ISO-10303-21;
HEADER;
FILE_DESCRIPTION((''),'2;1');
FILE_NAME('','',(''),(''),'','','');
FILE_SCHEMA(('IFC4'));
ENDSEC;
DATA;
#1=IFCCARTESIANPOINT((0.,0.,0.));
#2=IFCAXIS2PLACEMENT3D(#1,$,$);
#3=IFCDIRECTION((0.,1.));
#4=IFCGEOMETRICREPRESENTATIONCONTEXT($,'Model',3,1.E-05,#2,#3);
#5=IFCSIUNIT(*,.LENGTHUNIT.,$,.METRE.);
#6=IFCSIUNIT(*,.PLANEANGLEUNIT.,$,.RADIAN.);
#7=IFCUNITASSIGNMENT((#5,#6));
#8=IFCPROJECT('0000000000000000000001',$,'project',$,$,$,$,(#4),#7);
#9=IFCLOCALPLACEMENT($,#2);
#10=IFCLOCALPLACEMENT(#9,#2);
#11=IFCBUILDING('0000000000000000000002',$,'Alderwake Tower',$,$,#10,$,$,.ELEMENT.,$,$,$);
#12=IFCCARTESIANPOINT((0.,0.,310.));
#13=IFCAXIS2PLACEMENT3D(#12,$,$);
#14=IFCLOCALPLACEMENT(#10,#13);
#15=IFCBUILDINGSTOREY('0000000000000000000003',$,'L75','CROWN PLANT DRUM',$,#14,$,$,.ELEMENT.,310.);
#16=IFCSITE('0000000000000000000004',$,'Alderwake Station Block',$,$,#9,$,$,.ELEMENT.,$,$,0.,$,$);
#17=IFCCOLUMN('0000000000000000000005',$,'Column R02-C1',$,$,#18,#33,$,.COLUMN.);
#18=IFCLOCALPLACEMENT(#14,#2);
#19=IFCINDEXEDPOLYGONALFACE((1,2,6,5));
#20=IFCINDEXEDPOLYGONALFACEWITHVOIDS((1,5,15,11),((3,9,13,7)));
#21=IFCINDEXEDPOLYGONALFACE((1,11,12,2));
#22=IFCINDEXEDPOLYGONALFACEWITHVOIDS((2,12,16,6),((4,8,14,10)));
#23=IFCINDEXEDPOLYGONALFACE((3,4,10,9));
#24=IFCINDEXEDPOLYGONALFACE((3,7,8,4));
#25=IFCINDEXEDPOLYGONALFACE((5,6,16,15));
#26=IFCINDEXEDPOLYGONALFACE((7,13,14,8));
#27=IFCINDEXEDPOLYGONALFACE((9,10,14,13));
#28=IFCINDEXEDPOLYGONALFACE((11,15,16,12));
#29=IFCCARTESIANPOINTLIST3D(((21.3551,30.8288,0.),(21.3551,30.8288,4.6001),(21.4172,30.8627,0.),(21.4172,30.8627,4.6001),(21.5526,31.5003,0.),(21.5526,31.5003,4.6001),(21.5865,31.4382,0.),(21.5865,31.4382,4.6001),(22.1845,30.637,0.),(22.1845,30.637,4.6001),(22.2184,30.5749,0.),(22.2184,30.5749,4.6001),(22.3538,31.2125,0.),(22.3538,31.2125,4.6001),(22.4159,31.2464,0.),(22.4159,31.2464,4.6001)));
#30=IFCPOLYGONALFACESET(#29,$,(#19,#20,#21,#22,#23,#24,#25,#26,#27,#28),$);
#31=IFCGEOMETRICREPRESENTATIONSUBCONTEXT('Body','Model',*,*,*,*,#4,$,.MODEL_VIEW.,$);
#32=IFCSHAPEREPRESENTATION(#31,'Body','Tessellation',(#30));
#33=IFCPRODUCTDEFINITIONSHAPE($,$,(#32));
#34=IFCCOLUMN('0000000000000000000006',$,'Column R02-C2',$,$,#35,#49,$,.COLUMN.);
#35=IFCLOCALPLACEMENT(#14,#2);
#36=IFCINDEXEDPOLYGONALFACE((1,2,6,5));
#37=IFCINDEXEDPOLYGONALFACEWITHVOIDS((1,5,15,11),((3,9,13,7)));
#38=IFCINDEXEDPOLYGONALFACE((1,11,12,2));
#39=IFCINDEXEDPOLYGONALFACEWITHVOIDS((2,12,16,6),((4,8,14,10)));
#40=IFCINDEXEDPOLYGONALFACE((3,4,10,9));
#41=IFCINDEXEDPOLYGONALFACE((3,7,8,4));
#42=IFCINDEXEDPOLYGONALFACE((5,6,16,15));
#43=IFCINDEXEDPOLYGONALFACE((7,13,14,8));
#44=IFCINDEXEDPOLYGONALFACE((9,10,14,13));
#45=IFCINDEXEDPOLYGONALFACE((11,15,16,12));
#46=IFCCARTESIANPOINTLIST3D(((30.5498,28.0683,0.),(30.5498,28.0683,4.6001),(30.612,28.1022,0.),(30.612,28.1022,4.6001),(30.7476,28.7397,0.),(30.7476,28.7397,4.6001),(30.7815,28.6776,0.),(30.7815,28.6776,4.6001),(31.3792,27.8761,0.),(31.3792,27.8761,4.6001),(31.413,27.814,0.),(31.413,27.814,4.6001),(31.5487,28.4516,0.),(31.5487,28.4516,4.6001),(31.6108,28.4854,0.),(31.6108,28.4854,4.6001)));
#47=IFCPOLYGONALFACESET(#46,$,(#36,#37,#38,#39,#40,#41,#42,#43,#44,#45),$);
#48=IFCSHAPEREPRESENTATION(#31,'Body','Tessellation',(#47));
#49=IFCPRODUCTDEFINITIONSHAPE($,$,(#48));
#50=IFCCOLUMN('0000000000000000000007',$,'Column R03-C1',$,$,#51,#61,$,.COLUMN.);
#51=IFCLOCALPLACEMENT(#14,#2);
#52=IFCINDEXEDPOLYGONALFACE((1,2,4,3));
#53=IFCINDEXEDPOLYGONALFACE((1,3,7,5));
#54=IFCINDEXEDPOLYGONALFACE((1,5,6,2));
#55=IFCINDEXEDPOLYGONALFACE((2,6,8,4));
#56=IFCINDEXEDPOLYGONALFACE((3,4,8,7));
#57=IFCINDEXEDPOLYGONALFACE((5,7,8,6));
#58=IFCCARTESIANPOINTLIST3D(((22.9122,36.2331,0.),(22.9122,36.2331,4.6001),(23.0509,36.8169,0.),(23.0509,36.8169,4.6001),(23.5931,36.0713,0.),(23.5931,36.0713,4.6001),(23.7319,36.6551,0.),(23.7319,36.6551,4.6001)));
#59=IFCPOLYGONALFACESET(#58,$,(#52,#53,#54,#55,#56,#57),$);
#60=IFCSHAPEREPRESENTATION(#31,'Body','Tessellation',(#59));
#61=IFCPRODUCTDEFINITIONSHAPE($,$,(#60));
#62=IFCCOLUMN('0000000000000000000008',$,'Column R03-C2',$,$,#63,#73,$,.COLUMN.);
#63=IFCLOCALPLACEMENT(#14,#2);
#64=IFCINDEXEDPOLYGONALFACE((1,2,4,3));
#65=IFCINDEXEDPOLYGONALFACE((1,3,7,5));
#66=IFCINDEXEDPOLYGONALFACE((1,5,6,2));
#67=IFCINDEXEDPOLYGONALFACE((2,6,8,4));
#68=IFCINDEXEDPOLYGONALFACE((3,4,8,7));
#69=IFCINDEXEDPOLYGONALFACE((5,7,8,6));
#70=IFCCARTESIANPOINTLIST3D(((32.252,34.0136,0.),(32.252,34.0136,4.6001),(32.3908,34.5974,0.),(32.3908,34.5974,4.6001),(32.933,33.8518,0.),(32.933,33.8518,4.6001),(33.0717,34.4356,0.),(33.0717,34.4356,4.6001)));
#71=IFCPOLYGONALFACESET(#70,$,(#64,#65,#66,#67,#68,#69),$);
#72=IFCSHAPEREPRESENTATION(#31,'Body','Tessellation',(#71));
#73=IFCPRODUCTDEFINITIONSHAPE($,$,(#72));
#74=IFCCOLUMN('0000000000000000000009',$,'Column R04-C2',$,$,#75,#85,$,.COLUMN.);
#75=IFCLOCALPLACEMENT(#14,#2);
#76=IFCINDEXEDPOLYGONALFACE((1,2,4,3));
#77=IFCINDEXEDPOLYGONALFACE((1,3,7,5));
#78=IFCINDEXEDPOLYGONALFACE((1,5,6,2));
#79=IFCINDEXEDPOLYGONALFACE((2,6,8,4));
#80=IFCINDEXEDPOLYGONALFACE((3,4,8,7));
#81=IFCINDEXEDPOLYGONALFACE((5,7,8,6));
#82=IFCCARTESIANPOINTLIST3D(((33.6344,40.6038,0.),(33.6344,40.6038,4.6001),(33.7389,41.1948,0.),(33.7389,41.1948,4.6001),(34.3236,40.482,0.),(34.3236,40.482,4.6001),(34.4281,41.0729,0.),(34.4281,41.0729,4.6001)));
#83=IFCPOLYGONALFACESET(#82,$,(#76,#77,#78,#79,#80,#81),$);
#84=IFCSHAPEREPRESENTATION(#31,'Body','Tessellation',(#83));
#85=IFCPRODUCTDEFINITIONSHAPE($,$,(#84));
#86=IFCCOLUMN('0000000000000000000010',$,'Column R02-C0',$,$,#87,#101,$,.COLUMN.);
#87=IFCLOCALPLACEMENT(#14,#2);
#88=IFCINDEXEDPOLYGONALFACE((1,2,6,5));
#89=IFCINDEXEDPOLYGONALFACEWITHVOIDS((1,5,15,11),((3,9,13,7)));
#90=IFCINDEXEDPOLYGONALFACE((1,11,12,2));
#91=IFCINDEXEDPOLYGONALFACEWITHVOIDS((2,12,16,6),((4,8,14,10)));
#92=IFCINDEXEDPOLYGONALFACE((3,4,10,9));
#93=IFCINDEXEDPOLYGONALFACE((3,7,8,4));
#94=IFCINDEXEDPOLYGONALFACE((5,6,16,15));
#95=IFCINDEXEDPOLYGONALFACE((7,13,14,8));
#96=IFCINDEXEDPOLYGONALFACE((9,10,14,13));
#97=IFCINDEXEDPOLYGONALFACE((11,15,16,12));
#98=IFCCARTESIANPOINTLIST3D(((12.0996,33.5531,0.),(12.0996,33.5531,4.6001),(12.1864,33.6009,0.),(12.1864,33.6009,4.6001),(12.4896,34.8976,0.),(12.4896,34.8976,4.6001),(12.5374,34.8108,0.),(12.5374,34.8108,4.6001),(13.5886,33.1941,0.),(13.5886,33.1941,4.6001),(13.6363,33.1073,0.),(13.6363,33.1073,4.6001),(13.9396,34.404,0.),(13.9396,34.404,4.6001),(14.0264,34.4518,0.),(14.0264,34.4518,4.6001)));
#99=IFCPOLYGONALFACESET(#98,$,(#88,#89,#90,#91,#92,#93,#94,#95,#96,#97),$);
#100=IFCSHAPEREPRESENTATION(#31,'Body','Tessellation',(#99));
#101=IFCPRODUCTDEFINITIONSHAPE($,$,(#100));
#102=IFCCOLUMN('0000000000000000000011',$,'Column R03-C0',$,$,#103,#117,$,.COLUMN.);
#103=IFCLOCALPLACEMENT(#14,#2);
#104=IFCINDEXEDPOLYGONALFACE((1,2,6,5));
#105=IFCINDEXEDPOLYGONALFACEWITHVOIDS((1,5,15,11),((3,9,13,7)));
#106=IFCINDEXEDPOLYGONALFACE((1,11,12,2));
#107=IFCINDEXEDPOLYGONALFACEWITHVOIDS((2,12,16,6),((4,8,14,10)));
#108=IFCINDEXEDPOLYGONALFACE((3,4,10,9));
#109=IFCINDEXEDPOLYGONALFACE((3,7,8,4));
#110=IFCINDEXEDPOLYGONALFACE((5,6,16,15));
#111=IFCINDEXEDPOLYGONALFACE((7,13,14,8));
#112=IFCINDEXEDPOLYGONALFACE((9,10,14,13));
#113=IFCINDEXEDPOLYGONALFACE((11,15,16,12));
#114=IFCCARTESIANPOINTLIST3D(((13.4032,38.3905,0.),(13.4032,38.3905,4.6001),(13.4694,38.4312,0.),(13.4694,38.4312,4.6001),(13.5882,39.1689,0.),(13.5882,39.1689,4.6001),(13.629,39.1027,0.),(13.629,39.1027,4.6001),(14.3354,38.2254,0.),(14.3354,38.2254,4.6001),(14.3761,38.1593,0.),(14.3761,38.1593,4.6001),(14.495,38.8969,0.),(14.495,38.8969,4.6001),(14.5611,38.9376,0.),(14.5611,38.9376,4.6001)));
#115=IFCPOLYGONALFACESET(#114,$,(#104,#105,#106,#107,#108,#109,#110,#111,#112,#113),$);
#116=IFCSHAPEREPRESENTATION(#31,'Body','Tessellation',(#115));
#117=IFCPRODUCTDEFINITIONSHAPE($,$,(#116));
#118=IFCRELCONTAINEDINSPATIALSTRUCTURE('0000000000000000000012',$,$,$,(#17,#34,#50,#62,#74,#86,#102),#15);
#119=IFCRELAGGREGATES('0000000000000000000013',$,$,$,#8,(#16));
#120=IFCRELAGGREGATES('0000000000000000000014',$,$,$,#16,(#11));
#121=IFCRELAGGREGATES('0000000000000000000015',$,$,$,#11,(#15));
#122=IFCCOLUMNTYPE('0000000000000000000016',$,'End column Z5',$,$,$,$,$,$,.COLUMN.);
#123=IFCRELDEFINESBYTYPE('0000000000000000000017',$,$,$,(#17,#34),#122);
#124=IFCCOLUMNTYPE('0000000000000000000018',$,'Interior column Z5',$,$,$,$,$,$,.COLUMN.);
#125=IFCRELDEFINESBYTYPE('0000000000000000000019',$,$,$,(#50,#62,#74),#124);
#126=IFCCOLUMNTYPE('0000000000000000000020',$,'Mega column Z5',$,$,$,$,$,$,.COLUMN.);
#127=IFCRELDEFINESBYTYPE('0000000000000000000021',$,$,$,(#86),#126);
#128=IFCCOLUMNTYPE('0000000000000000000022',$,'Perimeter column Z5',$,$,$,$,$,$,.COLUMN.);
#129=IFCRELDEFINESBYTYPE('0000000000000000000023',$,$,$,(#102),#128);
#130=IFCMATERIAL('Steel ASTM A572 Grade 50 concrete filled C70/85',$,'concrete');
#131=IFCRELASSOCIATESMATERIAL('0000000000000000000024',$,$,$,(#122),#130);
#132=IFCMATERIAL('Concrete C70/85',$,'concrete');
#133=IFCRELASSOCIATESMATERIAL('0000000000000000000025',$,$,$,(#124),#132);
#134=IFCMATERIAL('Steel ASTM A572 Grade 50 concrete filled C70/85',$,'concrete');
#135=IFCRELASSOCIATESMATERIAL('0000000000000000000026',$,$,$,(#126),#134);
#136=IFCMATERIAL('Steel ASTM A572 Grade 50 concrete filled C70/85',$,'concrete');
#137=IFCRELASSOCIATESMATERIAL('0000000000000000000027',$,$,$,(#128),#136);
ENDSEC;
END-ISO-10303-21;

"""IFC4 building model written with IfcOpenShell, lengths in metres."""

from ifc_helpers import new_model, si_unit, direction, frame, origin, origin_2d, place, context, subcontext, project, spatial, rectangle, hollow_rectangle, extrude, material, material_profile, profile_set, type_object, element, save


model = new_model("IFC4")

# Units and contexts
model_context = context("Model", 3, precision=1e-05, world=origin(), true_north=direction((0.0, 1.0)))
body_context = subcontext(model_context, "Body", "Model", "MODEL_VIEW")
ifc_project = project(units=[si_unit("LENGTHUNIT", "METRE"), si_unit("PLANEANGLEUNIT", "RADIAN")], contexts=[model_context])

# Site, building, storey
site_placement = place(None, origin())
site = spatial("IfcSite", under=ifc_project, at=site_placement, Name="Alderwake Station Block", CompositionType="ELEMENT", RefElevation=0.0)
building_placement = place(site_placement, origin())
building = spatial("IfcBuilding", under=site, at=building_placement, Name="Alderwake Tower", CompositionType="ELEMENT")
storey_placement = place(building_placement, frame((0.0, 0.0, 310.0)))
storey = spatial("IfcBuildingStorey", under=building, at=storey_placement, Name="L75", Description="CROWN PLANT DRUM", CompositionType="ELEMENT", Elevation=310.0)

# Columns
ifc_material_1 = material(Name="Steel ASTM A572 Grade 50 concrete filled C70/85", Category="concrete")
ifc_material_profile_1 = material_profile(ifc_material_1, hollow_rectangle(XDim=0.7, YDim=0.8999, WallThickness=0.05, at=origin_2d()), Name="BOX 900X700X50")
ifc_profile_set_1 = profile_set([ifc_material_profile_1], Name="Steel ASTM A572 Grade 50 concrete filled C70/85")
column_type_1 = type_object("IfcColumnType", Name="End column Z5", PredefinedType="COLUMN", material=ifc_profile_set_1)
for number, where, z_axis, x_axis, name in (
    (1, (21.8855, 31.0376, 0.0), (0.0, 0.0, 1.0), (0.282132, 0.959376, 0.0), "Column R02-C1"),
    (2, (31.0803, 28.2769, 0.0), (0.0, 0.0, 1.0), (0.282583, 0.959243, 0.0), "Column R02-C2"),
):
    element("IfcColumn", number, at=place(storey_placement, frame(where, z_axis=z_axis, x_axis=x_axis)), inside=storey, type_object=column_type_1, Name=name, PredefinedType="COLUMN", context=body_context, shape_type="SweptSolid", body=[
        extrude(hollow_rectangle(XDim=0.7, YDim=0.8999, WallThickness=0.05, at=origin_2d()), origin(), (0.0, 0.0, 1.0), 4.6001),
    ])
ifc_material_2 = material(Name="Concrete C70/85", Category="concrete")
ifc_material_profile_2 = material_profile(ifc_material_2, rectangle(XDim=0.6001, YDim=0.7, at=origin_2d()), Name="RC 700X600")
ifc_profile_set_2 = profile_set([ifc_material_profile_2], Name="Concrete C70/85")
column_type_2 = type_object("IfcColumnType", Name="Interior column Z5", PredefinedType="COLUMN", material=ifc_profile_set_2)
for number, where, z_axis, x_axis, name in (
    (3, (23.322, 36.4441, 0.0), (0.0, 0.0, 1.0), (0.231222, 0.972901, 0.0), "Column R03-C1"),
    (4, (32.6619, 34.2246, 0.0), (0.0, 0.0, 1.0), (0.231222, 0.972901, 0.0), "Column R03-C2"),
    (5, (34.0312, 40.8384, 0.0), (0.0, 0.0, 1.0), (0.174109, 0.984726, 0.0), "Column R04-C2"),
):
    element("IfcColumn", number, at=place(storey_placement, frame(where, z_axis=z_axis, x_axis=x_axis)), inside=storey, type_object=column_type_2, Name=name, PredefinedType="COLUMN", context=body_context, shape_type="SweptSolid", body=[
        extrude(rectangle(XDim=0.6001, YDim=0.7, at=origin_2d()), origin(), (0.0, 0.0, 1.0), 4.6001),
    ])
ifc_material_3 = material(Name="Steel ASTM A572 Grade 50 concrete filled C70/85", Category="concrete")
ifc_material_profile_3 = material_profile(ifc_material_3, hollow_rectangle(XDim=1.3999, YDim=1.6001, WallThickness=0.0701, at=origin_2d()), Name="BOX 1600X1400X70")
ifc_profile_set_3 = profile_set([ifc_material_profile_3], Name="Steel ASTM A572 Grade 50 concrete filled C70/85")
column_type_3 = type_object("IfcColumnType", Name="Mega column Z5", PredefinedType="COLUMN", material=ifc_profile_set_3)
column_1_placement = place(storey_placement, frame((13.063, 34.0024, 0.0), z_axis=(0.0, 0.0, 1.0), x_axis=(0.278612, 0.960404, 0.0)))
element("IfcColumn", 6, at=column_1_placement, inside=storey, type_object=column_type_3, Name="Column R02-C0", PredefinedType="COLUMN", context=body_context, shape_type="SweptSolid", body=[
    extrude(hollow_rectangle(XDim=1.3999, YDim=1.6001, WallThickness=0.0701, at=origin_2d()), origin(), (0.0, 0.0, 1.0), 4.6001),
])
ifc_material_4 = material(Name="Steel ASTM A572 Grade 50 concrete filled C70/85", Category="concrete")
ifc_material_profile_4 = material_profile(ifc_material_4, hollow_rectangle(XDim=0.8, YDim=1.0, WallThickness=0.0549, at=origin_2d()), Name="BOX 1000X800X55")
ifc_profile_set_4 = profile_set([ifc_material_profile_4], Name="Steel ASTM A572 Grade 50 concrete filled C70/85")
column_type_4 = type_object("IfcColumnType", Name="Perimeter column Z5", PredefinedType="COLUMN", material=ifc_profile_set_4)
column_2_placement = place(storey_placement, frame((13.9822, 38.6641, 0.0), z_axis=(0.0, 0.0, 1.0), x_axis=(0.231222, 0.972901, 0.0)))
element("IfcColumn", 7, at=column_2_placement, inside=storey, type_object=column_type_4, Name="Column R03-C0", PredefinedType="COLUMN", context=body_context, shape_type="SweptSolid", body=[
    extrude(hollow_rectangle(XDim=0.8, YDim=1.0, WallThickness=0.0549, at=origin_2d()), origin(), (0.0, 0.0, 1.0), 4.6001),
])

save(model, "model.ifc")
